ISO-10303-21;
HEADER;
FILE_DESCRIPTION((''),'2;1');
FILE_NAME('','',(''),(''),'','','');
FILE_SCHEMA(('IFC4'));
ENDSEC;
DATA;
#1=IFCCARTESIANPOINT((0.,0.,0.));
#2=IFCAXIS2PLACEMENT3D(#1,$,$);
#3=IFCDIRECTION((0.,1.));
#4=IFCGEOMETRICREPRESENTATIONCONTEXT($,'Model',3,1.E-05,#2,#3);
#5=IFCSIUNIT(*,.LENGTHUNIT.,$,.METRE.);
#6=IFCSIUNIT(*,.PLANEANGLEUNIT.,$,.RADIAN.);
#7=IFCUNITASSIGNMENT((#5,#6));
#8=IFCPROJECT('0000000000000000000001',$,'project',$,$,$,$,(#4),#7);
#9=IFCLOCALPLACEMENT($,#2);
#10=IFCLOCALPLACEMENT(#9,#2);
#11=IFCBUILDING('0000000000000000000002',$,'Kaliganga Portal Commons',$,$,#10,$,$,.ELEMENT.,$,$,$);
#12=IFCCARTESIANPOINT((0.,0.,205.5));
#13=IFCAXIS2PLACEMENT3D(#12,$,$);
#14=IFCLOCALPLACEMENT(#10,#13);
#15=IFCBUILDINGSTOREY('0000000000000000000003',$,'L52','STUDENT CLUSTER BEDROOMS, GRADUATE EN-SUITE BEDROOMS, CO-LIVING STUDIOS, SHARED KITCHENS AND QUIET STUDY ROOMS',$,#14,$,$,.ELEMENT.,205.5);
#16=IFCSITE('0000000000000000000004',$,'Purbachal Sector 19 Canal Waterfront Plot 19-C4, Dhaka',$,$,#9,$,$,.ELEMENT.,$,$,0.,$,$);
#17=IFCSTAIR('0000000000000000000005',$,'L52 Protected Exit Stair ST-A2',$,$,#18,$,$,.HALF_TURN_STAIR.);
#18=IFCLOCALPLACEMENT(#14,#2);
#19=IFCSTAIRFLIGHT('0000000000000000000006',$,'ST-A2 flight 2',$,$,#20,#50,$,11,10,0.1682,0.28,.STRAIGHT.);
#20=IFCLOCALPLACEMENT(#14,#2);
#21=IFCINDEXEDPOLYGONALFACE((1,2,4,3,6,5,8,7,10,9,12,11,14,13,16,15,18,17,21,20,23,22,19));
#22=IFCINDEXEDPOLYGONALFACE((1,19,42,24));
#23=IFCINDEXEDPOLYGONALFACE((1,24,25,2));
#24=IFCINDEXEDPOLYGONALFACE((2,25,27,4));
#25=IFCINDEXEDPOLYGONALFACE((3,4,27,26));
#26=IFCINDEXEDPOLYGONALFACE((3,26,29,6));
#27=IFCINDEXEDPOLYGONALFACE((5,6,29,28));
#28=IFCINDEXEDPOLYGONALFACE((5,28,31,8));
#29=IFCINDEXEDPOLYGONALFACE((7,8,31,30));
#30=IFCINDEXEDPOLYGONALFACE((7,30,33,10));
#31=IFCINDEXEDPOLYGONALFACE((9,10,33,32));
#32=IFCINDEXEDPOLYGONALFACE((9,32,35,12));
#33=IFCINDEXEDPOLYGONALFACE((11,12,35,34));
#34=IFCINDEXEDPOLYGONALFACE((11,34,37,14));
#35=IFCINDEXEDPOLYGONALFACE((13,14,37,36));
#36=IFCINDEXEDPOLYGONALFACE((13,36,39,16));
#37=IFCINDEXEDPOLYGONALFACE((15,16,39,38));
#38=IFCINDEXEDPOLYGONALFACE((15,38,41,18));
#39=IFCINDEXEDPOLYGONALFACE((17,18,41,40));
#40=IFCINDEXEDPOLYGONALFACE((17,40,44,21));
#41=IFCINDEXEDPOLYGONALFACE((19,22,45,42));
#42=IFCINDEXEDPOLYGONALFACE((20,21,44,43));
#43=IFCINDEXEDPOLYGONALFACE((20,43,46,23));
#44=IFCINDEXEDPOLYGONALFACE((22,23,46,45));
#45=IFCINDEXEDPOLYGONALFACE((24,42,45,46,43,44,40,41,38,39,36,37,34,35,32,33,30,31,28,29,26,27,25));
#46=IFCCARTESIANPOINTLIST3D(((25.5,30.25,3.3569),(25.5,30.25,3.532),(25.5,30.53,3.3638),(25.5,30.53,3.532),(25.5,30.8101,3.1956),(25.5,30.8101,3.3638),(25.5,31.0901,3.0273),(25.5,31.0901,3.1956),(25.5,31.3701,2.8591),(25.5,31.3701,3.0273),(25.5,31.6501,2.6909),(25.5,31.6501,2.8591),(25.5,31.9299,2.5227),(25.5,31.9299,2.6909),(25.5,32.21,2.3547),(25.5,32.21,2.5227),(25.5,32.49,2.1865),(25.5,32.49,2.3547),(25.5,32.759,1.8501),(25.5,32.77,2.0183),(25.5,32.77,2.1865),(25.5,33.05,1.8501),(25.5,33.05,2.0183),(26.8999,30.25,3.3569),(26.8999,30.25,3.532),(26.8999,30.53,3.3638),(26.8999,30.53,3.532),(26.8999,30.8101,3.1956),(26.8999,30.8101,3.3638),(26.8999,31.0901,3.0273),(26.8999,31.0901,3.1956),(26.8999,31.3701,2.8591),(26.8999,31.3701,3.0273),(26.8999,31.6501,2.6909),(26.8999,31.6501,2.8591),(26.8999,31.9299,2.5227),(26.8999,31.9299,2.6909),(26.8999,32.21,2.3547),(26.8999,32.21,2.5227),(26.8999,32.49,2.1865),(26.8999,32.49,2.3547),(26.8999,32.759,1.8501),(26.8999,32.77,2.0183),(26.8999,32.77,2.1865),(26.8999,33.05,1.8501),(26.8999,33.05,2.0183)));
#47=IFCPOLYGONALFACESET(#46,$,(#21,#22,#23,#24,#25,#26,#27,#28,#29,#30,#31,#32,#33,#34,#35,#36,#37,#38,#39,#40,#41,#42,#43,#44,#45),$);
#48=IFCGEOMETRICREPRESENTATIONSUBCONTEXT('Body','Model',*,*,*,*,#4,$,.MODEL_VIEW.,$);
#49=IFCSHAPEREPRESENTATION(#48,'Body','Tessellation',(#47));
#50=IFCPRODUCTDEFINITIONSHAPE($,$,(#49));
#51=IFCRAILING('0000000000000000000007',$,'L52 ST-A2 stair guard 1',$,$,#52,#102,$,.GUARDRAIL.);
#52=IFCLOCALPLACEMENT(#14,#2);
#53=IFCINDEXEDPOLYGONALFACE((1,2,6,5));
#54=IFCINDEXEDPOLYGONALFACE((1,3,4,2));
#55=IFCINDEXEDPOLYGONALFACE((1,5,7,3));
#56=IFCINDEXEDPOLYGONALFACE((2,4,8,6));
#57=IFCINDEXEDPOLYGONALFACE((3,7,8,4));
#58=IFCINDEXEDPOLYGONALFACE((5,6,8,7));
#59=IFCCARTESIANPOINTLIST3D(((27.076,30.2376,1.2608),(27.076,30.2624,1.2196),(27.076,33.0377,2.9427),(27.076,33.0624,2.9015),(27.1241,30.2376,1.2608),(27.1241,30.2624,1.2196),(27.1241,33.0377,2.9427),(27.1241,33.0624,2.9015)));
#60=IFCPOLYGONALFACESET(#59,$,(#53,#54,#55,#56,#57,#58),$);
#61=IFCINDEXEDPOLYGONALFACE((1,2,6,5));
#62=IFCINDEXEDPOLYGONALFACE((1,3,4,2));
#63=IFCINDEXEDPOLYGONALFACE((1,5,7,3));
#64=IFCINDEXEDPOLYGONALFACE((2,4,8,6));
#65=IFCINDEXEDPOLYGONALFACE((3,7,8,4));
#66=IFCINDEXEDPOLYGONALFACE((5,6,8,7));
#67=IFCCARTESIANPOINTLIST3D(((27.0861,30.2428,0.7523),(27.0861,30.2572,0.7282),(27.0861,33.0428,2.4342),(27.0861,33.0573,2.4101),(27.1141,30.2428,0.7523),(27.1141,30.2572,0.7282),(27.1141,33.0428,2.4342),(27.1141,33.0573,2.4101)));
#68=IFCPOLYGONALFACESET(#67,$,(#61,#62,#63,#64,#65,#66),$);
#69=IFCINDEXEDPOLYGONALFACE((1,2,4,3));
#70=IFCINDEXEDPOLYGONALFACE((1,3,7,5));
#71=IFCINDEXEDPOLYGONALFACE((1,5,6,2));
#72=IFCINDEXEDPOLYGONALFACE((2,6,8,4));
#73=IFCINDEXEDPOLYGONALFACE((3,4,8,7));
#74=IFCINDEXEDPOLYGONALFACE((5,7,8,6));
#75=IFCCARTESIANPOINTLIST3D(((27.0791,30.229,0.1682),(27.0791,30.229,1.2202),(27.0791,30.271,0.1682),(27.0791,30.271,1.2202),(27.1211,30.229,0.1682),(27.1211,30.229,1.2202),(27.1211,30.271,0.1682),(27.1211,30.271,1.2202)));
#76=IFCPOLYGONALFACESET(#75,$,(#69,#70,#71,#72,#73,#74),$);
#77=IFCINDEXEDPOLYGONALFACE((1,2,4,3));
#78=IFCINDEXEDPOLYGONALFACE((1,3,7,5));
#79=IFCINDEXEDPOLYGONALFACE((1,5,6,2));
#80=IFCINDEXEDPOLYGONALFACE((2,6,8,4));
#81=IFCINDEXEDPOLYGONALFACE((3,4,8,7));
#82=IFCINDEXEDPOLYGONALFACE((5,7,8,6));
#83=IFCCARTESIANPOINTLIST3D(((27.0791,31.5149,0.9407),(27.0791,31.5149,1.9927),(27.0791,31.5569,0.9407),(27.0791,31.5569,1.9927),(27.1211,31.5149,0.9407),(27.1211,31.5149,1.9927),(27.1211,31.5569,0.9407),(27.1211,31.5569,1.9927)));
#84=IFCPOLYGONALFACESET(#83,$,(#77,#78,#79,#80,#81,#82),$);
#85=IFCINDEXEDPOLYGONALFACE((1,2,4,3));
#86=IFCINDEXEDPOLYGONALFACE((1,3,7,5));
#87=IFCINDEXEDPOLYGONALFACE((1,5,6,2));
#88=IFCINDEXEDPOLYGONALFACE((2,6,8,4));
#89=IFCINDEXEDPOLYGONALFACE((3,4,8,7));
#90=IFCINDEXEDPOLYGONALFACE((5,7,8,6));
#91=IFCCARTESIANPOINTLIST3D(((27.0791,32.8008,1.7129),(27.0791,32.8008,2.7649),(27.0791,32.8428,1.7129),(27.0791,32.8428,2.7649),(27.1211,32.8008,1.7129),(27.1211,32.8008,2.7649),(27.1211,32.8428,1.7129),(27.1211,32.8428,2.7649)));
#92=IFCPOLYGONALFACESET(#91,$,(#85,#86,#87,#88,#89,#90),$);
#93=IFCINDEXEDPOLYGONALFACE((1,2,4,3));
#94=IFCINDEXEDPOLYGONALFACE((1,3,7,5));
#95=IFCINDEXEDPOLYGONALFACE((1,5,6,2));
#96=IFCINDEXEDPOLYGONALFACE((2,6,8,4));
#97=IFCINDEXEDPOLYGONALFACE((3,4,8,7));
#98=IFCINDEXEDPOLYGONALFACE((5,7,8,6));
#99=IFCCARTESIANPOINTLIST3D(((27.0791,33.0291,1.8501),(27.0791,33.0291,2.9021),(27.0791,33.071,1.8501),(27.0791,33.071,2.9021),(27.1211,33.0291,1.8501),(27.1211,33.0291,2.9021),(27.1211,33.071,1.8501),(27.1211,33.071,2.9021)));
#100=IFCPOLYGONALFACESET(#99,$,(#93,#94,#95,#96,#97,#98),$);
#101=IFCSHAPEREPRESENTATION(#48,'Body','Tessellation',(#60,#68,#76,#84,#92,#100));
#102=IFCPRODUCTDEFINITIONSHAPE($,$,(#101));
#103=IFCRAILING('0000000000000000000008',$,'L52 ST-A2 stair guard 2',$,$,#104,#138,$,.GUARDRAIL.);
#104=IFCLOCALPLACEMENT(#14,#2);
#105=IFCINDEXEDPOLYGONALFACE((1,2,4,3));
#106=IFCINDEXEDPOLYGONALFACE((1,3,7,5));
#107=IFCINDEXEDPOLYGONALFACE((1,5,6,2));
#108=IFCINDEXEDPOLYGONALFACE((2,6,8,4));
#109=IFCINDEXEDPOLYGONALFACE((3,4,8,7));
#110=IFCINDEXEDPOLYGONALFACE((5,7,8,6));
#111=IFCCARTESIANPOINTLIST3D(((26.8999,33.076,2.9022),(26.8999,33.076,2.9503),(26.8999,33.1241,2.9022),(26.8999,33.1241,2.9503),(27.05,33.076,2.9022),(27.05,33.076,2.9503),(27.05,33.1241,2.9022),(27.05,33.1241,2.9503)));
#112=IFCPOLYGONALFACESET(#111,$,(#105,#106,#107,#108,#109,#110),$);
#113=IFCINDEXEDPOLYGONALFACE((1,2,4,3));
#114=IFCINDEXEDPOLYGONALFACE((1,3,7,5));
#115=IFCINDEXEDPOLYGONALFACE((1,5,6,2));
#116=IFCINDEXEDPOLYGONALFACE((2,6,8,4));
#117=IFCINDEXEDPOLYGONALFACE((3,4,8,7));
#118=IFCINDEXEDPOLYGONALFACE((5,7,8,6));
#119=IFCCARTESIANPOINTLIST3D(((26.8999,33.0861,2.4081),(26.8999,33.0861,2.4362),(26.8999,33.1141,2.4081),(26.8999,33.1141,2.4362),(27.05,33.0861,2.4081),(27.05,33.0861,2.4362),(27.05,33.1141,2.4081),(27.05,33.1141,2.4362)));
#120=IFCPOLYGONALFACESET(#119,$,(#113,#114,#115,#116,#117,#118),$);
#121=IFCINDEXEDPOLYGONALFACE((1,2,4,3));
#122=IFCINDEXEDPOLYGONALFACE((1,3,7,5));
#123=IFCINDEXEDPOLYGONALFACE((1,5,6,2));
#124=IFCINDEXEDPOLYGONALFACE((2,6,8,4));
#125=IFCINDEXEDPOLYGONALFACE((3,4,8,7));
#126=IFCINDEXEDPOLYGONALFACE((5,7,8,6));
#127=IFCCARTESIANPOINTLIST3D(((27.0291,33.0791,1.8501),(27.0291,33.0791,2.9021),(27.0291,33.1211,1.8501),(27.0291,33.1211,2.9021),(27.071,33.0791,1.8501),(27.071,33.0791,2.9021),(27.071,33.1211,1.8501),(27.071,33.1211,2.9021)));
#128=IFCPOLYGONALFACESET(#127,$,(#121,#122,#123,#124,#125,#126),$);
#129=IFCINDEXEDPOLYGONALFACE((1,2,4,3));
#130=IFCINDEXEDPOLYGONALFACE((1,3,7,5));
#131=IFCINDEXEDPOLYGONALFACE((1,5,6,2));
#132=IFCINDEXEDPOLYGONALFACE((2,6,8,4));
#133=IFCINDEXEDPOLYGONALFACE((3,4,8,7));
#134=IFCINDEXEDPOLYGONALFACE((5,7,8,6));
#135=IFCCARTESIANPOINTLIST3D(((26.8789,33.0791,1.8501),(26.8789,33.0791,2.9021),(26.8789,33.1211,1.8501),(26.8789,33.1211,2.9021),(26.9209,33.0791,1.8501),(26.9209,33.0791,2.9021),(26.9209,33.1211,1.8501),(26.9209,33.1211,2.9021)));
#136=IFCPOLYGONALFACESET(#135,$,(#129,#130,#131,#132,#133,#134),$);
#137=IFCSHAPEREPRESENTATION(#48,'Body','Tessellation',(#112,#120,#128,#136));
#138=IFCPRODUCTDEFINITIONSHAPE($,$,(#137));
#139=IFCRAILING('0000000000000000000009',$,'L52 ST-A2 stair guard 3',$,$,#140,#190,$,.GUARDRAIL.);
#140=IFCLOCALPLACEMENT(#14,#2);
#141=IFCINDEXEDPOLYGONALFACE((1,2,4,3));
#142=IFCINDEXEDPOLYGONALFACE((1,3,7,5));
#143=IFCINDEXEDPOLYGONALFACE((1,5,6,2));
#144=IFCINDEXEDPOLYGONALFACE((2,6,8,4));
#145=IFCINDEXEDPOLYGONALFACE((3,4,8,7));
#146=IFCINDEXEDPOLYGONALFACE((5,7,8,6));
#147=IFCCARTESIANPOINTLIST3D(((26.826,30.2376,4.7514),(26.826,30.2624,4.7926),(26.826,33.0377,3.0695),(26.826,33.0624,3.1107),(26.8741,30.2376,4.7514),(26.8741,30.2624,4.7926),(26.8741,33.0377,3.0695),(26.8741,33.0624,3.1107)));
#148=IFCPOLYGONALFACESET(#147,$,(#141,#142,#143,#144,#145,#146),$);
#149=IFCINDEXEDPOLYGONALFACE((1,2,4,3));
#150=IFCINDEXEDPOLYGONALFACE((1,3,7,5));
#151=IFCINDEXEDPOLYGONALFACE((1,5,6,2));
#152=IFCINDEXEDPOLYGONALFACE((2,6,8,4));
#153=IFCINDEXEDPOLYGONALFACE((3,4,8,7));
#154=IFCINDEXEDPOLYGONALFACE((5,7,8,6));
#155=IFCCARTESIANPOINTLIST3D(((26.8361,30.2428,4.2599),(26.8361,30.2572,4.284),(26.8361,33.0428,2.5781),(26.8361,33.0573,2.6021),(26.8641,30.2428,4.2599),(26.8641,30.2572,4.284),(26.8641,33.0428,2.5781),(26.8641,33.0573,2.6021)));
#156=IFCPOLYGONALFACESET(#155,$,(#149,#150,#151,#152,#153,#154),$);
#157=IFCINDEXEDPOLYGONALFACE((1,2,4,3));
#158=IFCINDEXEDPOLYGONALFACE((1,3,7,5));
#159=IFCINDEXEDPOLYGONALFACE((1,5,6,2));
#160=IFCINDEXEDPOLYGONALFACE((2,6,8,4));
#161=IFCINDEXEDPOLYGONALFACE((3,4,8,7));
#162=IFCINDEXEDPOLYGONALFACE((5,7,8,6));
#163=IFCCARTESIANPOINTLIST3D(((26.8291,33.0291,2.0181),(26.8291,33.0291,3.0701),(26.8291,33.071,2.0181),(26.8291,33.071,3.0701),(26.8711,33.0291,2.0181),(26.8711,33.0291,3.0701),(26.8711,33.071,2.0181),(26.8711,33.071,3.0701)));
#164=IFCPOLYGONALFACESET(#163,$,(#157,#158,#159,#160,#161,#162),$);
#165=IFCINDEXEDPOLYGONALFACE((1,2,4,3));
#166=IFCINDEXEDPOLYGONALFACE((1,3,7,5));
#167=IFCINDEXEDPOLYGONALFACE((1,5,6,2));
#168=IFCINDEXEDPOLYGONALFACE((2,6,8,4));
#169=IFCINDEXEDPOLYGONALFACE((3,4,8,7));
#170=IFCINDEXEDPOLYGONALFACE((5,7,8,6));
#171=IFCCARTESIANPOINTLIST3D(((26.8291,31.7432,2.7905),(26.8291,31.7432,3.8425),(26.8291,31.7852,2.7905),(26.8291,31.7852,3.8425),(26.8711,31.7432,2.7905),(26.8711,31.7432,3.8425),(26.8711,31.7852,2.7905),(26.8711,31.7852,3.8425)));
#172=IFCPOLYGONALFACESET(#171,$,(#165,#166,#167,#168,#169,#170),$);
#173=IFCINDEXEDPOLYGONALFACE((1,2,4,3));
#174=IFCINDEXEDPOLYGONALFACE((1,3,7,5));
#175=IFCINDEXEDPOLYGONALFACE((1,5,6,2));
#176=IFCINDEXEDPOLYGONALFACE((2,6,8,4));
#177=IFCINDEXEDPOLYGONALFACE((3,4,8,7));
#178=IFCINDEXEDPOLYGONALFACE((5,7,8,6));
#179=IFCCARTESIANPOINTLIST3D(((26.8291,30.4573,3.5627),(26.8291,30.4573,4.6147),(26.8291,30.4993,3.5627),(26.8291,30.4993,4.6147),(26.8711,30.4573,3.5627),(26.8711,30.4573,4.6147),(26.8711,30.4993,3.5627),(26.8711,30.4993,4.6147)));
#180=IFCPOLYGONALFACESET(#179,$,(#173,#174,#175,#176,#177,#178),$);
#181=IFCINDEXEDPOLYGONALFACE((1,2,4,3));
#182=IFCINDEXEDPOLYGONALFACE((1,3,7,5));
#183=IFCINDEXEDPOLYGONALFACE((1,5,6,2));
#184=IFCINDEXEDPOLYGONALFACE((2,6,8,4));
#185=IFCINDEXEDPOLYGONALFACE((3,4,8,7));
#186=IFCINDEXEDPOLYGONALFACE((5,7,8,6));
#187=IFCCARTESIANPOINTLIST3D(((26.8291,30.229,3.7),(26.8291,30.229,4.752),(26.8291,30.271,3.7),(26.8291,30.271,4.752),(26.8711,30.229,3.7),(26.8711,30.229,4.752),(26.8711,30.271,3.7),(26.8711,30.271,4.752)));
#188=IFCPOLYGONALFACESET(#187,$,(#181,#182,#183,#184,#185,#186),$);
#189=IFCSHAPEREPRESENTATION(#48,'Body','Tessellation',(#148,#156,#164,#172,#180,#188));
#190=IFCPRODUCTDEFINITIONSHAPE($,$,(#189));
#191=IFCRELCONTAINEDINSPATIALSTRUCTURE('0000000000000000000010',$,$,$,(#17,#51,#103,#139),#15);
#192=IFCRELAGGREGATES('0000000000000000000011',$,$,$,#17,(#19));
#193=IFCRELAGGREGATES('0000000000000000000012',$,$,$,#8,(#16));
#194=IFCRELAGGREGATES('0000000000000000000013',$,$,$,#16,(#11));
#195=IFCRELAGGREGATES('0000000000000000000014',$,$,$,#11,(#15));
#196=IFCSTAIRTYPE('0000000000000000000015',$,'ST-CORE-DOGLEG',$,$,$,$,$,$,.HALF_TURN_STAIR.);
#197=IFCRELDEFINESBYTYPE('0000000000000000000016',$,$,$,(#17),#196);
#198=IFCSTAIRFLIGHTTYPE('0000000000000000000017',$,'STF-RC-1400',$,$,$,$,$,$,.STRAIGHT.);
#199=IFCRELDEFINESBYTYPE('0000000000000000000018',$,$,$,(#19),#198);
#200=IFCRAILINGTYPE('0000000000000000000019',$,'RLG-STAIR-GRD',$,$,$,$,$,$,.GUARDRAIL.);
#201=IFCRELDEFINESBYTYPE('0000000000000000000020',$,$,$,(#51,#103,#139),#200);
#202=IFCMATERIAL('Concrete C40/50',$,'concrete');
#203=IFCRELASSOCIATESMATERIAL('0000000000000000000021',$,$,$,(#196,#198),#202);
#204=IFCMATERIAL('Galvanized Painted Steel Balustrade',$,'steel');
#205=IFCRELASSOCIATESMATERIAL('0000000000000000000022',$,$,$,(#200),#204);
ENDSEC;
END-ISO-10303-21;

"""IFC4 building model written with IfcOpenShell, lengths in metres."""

from ifc_helpers import new_model, si_unit, direction, frame, origin, origin_2d, place, context, subcontext, project, spatial, polyline, rectangle, outline, extrude, material, type_object, element, aggregate, save


model = new_model("IFC4")

# Units and contexts
model_context = context("Model", 3, precision=1e-05, world=origin(), true_north=direction((0.0, 1.0)))
body_context = subcontext(model_context, "Body", "Model", "MODEL_VIEW")
ifc_project = project(units=[si_unit("LENGTHUNIT", "METRE"), si_unit("PLANEANGLEUNIT", "RADIAN")], contexts=[model_context])

# Site, building, storey
site_placement = place(None, origin())
site = spatial("IfcSite", under=ifc_project, at=site_placement, Name="Purbachal Sector 19 Canal Waterfront Plot 19-C4, Dhaka", CompositionType="ELEMENT", RefElevation=0.0)
building_placement = place(site_placement, origin())
building = spatial("IfcBuilding", under=site, at=building_placement, Name="Kaliganga Portal Commons", CompositionType="ELEMENT")
storey_placement = place(building_placement, frame((0.0, 0.0, 205.5)))
storey = spatial("IfcBuildingStorey", under=building, at=storey_placement, Name="L52", Description="STUDENT CLUSTER BEDROOMS, GRADUATE EN-SUITE BEDROOMS, CO-LIVING STUDIOS, SHARED KITCHENS AND QUIET STUDY ROOMS", CompositionType="ELEMENT", Elevation=205.5)

# Stair, stair flight
ifc_material_1 = material(Name="Concrete C40/50", Category="concrete")
stair_type = type_object("IfcStairType", Name="ST-CORE-DOGLEG", PredefinedType="HALF_TURN_STAIR", material=ifc_material_1)
stair_placement = place(storey_placement, origin())
stair = element("IfcStair", 1, at=stair_placement, inside=storey, type_object=stair_type, Name="L52 Protected Exit Stair ST-A2", PredefinedType="HALF_TURN_STAIR")
stair_flight_type = type_object("IfcStairFlightType", Name="STF-RC-1400", PredefinedType="STRAIGHT", material=ifc_material_1)
stair_flight_1_placement = place(storey_placement, frame((26.2, 33.05, 1.8501), z_axis=(0.0, 0.0, 1.0), x_axis=(0.0, -1.0, 0.0)))
stair_flight_1 = element("IfcStairFlight", 2, at=stair_flight_1_placement, type_object=stair_flight_type, Name="ST-A2 flight 2", NumberOfRisers=11, NumberOfTreads=10, PredefinedType="STRAIGHT", RiserHeight=0.1682, TreadLength=0.28, context=body_context, shape_type="SweptSolid", body=[
    extrude(outline(polyline([(0.0, 0.0), (0.0, 0.1682), (0.28, 0.1682), (0.28, 0.3364), (0.5601, 0.3364), (0.5601, 0.5046), (0.8401, 0.5046), (0.8401, 0.6726), (1.1201, 0.6726), (1.1201, 0.8408), (1.3999, 0.8408), (1.3999, 1.009), (1.6799, 1.009), (1.6799, 1.1772), (1.96, 1.1772), (1.96, 1.3455), (2.24, 1.3455), (2.24, 1.5137), (2.52, 1.5137), (2.52, 1.6819), (2.8, 1.6819), (2.8, 1.8501), (2.8, 1.5068), (0.291, 0.0), (0.0, 0.0)])), frame((0.0, 0.7, 0.0), z_axis=(0.0, -1.0, 0.0), x_axis=(1.0, 0.0, 0.0)), (0.0, 0.0, 1.0), 1.3999),
])
aggregate(stair, [stair_flight_1])

# Railings
ifc_material_2 = material(Name="Galvanized Painted Steel Balustrade", Category="steel")
railing_type_1 = type_object("IfcRailingType", Name="RLG-STAIR-GRD", PredefinedType="GUARDRAIL", material=ifc_material_2)
railing_1_placement = place(storey_placement, frame((27.1001, 30.25, 0.1682)))
element("IfcRailing", 3, at=railing_1_placement, inside=storey, type_object=railing_type_1, Name="L52 ST-A2 stair guard 1", PredefinedType="GUARDRAIL", context=body_context, shape_type="SweptSolid", body=[
    extrude(rectangle(XDim=0.0481, YDim=0.0481, at=origin_2d()), frame((0.0, 0.0, 1.072), z_axis=(0.0, 0.857242, 0.514913), x_axis=(-1.0, 0.0, 0.0)), (0.0, 0.0, 1.0), 3.2664),
    extrude(rectangle(XDim=0.0281, YDim=0.0281, at=origin_2d()), frame((0.0, 0.0, 0.572), z_axis=(0.0, 0.857242, 0.514913), x_axis=(-1.0, 0.0, 0.0)), (0.0, 0.0, 1.0), 3.2664),
    extrude(rectangle(XDim=0.042, YDim=0.042, at=origin_2d()), origin(), (0.0, 0.0, 1.0), 1.052),
    extrude(rectangle(XDim=0.042, YDim=0.042, at=origin_2d()), frame((0.0, 1.2859, 0.7725)), (0.0, 0.0, 1.0), 1.052),
    extrude(rectangle(XDim=0.042, YDim=0.042, at=origin_2d()), frame((0.0, 2.5718, 1.5447)), (0.0, 0.0, 1.0), 1.052),
    extrude(rectangle(XDim=0.042, YDim=0.042, at=origin_2d()), frame((0.0, 2.8, 1.6819)), (0.0, 0.0, 1.0), 1.052),
])
railing_2_placement = place(storey_placement, frame((27.05, 33.1001, 1.8501)))
element("IfcRailing", 4, at=railing_2_placement, inside=storey, type_object=railing_type_1, Name="L52 ST-A2 stair guard 2", PredefinedType="GUARDRAIL", context=body_context, shape_type="SweptSolid", body=[
    extrude(rectangle(XDim=0.0481, YDim=0.0481, at=origin_2d()), frame((0.0, 0.0, 1.0762), z_axis=(-1.0, 0.0, 0.0), x_axis=(0.0, -1.0, 0.0)), (0.0, 0.0, 1.0), 0.1501),
    extrude(rectangle(XDim=0.0281, YDim=0.0281, at=origin_2d()), frame((0.0, 0.0, 0.572), z_axis=(-1.0, 0.0, 0.0), x_axis=(0.0, -1.0, 0.0)), (0.0, 0.0, 1.0), 0.1501),
    extrude(rectangle(XDim=0.042, YDim=0.042, at=origin_2d()), origin(), (0.0, 0.0, 1.0), 1.052),
    extrude(rectangle(XDim=0.042, YDim=0.042, at=origin_2d()), frame((-0.1501, 0.0, 0.0)), (0.0, 0.0, 1.0), 1.052),
])
railing_3_placement = place(storey_placement, frame((26.8501, 33.05, 2.0181)))
element("IfcRailing", 5, at=railing_3_placement, inside=storey, type_object=railing_type_1, Name="L52 ST-A2 stair guard 3", PredefinedType="GUARDRAIL", context=body_context, shape_type="SweptSolid", body=[
    extrude(rectangle(XDim=0.0481, YDim=0.0481, at=origin_2d()), frame((0.0, 0.0, 1.072), z_axis=(0.0, -0.857242, 0.514913), x_axis=(1.0, 0.0, 0.0)), (0.0, 0.0, 1.0), 3.2664),
    extrude(rectangle(XDim=0.0281, YDim=0.0281, at=origin_2d()), frame((0.0, 0.0, 0.572), z_axis=(0.0, -0.857242, 0.514913), x_axis=(1.0, 0.0, 0.0)), (0.0, 0.0, 1.0), 3.2664),
    extrude(rectangle(XDim=0.042, YDim=0.042, at=origin_2d()), origin(), (0.0, 0.0, 1.0), 1.052),
    extrude(rectangle(XDim=0.042, YDim=0.042, at=origin_2d()), frame((0.0, -1.2859, 0.7725)), (0.0, 0.0, 1.0), 1.052),
    extrude(rectangle(XDim=0.042, YDim=0.042, at=origin_2d()), frame((0.0, -2.5718, 1.5447)), (0.0, 0.0, 1.0), 1.052),
    extrude(rectangle(XDim=0.042, YDim=0.042, at=origin_2d()), frame((0.0, -2.8, 1.6819)), (0.0, 0.0, 1.0), 1.052),
])

save(model, "model.ifc")
